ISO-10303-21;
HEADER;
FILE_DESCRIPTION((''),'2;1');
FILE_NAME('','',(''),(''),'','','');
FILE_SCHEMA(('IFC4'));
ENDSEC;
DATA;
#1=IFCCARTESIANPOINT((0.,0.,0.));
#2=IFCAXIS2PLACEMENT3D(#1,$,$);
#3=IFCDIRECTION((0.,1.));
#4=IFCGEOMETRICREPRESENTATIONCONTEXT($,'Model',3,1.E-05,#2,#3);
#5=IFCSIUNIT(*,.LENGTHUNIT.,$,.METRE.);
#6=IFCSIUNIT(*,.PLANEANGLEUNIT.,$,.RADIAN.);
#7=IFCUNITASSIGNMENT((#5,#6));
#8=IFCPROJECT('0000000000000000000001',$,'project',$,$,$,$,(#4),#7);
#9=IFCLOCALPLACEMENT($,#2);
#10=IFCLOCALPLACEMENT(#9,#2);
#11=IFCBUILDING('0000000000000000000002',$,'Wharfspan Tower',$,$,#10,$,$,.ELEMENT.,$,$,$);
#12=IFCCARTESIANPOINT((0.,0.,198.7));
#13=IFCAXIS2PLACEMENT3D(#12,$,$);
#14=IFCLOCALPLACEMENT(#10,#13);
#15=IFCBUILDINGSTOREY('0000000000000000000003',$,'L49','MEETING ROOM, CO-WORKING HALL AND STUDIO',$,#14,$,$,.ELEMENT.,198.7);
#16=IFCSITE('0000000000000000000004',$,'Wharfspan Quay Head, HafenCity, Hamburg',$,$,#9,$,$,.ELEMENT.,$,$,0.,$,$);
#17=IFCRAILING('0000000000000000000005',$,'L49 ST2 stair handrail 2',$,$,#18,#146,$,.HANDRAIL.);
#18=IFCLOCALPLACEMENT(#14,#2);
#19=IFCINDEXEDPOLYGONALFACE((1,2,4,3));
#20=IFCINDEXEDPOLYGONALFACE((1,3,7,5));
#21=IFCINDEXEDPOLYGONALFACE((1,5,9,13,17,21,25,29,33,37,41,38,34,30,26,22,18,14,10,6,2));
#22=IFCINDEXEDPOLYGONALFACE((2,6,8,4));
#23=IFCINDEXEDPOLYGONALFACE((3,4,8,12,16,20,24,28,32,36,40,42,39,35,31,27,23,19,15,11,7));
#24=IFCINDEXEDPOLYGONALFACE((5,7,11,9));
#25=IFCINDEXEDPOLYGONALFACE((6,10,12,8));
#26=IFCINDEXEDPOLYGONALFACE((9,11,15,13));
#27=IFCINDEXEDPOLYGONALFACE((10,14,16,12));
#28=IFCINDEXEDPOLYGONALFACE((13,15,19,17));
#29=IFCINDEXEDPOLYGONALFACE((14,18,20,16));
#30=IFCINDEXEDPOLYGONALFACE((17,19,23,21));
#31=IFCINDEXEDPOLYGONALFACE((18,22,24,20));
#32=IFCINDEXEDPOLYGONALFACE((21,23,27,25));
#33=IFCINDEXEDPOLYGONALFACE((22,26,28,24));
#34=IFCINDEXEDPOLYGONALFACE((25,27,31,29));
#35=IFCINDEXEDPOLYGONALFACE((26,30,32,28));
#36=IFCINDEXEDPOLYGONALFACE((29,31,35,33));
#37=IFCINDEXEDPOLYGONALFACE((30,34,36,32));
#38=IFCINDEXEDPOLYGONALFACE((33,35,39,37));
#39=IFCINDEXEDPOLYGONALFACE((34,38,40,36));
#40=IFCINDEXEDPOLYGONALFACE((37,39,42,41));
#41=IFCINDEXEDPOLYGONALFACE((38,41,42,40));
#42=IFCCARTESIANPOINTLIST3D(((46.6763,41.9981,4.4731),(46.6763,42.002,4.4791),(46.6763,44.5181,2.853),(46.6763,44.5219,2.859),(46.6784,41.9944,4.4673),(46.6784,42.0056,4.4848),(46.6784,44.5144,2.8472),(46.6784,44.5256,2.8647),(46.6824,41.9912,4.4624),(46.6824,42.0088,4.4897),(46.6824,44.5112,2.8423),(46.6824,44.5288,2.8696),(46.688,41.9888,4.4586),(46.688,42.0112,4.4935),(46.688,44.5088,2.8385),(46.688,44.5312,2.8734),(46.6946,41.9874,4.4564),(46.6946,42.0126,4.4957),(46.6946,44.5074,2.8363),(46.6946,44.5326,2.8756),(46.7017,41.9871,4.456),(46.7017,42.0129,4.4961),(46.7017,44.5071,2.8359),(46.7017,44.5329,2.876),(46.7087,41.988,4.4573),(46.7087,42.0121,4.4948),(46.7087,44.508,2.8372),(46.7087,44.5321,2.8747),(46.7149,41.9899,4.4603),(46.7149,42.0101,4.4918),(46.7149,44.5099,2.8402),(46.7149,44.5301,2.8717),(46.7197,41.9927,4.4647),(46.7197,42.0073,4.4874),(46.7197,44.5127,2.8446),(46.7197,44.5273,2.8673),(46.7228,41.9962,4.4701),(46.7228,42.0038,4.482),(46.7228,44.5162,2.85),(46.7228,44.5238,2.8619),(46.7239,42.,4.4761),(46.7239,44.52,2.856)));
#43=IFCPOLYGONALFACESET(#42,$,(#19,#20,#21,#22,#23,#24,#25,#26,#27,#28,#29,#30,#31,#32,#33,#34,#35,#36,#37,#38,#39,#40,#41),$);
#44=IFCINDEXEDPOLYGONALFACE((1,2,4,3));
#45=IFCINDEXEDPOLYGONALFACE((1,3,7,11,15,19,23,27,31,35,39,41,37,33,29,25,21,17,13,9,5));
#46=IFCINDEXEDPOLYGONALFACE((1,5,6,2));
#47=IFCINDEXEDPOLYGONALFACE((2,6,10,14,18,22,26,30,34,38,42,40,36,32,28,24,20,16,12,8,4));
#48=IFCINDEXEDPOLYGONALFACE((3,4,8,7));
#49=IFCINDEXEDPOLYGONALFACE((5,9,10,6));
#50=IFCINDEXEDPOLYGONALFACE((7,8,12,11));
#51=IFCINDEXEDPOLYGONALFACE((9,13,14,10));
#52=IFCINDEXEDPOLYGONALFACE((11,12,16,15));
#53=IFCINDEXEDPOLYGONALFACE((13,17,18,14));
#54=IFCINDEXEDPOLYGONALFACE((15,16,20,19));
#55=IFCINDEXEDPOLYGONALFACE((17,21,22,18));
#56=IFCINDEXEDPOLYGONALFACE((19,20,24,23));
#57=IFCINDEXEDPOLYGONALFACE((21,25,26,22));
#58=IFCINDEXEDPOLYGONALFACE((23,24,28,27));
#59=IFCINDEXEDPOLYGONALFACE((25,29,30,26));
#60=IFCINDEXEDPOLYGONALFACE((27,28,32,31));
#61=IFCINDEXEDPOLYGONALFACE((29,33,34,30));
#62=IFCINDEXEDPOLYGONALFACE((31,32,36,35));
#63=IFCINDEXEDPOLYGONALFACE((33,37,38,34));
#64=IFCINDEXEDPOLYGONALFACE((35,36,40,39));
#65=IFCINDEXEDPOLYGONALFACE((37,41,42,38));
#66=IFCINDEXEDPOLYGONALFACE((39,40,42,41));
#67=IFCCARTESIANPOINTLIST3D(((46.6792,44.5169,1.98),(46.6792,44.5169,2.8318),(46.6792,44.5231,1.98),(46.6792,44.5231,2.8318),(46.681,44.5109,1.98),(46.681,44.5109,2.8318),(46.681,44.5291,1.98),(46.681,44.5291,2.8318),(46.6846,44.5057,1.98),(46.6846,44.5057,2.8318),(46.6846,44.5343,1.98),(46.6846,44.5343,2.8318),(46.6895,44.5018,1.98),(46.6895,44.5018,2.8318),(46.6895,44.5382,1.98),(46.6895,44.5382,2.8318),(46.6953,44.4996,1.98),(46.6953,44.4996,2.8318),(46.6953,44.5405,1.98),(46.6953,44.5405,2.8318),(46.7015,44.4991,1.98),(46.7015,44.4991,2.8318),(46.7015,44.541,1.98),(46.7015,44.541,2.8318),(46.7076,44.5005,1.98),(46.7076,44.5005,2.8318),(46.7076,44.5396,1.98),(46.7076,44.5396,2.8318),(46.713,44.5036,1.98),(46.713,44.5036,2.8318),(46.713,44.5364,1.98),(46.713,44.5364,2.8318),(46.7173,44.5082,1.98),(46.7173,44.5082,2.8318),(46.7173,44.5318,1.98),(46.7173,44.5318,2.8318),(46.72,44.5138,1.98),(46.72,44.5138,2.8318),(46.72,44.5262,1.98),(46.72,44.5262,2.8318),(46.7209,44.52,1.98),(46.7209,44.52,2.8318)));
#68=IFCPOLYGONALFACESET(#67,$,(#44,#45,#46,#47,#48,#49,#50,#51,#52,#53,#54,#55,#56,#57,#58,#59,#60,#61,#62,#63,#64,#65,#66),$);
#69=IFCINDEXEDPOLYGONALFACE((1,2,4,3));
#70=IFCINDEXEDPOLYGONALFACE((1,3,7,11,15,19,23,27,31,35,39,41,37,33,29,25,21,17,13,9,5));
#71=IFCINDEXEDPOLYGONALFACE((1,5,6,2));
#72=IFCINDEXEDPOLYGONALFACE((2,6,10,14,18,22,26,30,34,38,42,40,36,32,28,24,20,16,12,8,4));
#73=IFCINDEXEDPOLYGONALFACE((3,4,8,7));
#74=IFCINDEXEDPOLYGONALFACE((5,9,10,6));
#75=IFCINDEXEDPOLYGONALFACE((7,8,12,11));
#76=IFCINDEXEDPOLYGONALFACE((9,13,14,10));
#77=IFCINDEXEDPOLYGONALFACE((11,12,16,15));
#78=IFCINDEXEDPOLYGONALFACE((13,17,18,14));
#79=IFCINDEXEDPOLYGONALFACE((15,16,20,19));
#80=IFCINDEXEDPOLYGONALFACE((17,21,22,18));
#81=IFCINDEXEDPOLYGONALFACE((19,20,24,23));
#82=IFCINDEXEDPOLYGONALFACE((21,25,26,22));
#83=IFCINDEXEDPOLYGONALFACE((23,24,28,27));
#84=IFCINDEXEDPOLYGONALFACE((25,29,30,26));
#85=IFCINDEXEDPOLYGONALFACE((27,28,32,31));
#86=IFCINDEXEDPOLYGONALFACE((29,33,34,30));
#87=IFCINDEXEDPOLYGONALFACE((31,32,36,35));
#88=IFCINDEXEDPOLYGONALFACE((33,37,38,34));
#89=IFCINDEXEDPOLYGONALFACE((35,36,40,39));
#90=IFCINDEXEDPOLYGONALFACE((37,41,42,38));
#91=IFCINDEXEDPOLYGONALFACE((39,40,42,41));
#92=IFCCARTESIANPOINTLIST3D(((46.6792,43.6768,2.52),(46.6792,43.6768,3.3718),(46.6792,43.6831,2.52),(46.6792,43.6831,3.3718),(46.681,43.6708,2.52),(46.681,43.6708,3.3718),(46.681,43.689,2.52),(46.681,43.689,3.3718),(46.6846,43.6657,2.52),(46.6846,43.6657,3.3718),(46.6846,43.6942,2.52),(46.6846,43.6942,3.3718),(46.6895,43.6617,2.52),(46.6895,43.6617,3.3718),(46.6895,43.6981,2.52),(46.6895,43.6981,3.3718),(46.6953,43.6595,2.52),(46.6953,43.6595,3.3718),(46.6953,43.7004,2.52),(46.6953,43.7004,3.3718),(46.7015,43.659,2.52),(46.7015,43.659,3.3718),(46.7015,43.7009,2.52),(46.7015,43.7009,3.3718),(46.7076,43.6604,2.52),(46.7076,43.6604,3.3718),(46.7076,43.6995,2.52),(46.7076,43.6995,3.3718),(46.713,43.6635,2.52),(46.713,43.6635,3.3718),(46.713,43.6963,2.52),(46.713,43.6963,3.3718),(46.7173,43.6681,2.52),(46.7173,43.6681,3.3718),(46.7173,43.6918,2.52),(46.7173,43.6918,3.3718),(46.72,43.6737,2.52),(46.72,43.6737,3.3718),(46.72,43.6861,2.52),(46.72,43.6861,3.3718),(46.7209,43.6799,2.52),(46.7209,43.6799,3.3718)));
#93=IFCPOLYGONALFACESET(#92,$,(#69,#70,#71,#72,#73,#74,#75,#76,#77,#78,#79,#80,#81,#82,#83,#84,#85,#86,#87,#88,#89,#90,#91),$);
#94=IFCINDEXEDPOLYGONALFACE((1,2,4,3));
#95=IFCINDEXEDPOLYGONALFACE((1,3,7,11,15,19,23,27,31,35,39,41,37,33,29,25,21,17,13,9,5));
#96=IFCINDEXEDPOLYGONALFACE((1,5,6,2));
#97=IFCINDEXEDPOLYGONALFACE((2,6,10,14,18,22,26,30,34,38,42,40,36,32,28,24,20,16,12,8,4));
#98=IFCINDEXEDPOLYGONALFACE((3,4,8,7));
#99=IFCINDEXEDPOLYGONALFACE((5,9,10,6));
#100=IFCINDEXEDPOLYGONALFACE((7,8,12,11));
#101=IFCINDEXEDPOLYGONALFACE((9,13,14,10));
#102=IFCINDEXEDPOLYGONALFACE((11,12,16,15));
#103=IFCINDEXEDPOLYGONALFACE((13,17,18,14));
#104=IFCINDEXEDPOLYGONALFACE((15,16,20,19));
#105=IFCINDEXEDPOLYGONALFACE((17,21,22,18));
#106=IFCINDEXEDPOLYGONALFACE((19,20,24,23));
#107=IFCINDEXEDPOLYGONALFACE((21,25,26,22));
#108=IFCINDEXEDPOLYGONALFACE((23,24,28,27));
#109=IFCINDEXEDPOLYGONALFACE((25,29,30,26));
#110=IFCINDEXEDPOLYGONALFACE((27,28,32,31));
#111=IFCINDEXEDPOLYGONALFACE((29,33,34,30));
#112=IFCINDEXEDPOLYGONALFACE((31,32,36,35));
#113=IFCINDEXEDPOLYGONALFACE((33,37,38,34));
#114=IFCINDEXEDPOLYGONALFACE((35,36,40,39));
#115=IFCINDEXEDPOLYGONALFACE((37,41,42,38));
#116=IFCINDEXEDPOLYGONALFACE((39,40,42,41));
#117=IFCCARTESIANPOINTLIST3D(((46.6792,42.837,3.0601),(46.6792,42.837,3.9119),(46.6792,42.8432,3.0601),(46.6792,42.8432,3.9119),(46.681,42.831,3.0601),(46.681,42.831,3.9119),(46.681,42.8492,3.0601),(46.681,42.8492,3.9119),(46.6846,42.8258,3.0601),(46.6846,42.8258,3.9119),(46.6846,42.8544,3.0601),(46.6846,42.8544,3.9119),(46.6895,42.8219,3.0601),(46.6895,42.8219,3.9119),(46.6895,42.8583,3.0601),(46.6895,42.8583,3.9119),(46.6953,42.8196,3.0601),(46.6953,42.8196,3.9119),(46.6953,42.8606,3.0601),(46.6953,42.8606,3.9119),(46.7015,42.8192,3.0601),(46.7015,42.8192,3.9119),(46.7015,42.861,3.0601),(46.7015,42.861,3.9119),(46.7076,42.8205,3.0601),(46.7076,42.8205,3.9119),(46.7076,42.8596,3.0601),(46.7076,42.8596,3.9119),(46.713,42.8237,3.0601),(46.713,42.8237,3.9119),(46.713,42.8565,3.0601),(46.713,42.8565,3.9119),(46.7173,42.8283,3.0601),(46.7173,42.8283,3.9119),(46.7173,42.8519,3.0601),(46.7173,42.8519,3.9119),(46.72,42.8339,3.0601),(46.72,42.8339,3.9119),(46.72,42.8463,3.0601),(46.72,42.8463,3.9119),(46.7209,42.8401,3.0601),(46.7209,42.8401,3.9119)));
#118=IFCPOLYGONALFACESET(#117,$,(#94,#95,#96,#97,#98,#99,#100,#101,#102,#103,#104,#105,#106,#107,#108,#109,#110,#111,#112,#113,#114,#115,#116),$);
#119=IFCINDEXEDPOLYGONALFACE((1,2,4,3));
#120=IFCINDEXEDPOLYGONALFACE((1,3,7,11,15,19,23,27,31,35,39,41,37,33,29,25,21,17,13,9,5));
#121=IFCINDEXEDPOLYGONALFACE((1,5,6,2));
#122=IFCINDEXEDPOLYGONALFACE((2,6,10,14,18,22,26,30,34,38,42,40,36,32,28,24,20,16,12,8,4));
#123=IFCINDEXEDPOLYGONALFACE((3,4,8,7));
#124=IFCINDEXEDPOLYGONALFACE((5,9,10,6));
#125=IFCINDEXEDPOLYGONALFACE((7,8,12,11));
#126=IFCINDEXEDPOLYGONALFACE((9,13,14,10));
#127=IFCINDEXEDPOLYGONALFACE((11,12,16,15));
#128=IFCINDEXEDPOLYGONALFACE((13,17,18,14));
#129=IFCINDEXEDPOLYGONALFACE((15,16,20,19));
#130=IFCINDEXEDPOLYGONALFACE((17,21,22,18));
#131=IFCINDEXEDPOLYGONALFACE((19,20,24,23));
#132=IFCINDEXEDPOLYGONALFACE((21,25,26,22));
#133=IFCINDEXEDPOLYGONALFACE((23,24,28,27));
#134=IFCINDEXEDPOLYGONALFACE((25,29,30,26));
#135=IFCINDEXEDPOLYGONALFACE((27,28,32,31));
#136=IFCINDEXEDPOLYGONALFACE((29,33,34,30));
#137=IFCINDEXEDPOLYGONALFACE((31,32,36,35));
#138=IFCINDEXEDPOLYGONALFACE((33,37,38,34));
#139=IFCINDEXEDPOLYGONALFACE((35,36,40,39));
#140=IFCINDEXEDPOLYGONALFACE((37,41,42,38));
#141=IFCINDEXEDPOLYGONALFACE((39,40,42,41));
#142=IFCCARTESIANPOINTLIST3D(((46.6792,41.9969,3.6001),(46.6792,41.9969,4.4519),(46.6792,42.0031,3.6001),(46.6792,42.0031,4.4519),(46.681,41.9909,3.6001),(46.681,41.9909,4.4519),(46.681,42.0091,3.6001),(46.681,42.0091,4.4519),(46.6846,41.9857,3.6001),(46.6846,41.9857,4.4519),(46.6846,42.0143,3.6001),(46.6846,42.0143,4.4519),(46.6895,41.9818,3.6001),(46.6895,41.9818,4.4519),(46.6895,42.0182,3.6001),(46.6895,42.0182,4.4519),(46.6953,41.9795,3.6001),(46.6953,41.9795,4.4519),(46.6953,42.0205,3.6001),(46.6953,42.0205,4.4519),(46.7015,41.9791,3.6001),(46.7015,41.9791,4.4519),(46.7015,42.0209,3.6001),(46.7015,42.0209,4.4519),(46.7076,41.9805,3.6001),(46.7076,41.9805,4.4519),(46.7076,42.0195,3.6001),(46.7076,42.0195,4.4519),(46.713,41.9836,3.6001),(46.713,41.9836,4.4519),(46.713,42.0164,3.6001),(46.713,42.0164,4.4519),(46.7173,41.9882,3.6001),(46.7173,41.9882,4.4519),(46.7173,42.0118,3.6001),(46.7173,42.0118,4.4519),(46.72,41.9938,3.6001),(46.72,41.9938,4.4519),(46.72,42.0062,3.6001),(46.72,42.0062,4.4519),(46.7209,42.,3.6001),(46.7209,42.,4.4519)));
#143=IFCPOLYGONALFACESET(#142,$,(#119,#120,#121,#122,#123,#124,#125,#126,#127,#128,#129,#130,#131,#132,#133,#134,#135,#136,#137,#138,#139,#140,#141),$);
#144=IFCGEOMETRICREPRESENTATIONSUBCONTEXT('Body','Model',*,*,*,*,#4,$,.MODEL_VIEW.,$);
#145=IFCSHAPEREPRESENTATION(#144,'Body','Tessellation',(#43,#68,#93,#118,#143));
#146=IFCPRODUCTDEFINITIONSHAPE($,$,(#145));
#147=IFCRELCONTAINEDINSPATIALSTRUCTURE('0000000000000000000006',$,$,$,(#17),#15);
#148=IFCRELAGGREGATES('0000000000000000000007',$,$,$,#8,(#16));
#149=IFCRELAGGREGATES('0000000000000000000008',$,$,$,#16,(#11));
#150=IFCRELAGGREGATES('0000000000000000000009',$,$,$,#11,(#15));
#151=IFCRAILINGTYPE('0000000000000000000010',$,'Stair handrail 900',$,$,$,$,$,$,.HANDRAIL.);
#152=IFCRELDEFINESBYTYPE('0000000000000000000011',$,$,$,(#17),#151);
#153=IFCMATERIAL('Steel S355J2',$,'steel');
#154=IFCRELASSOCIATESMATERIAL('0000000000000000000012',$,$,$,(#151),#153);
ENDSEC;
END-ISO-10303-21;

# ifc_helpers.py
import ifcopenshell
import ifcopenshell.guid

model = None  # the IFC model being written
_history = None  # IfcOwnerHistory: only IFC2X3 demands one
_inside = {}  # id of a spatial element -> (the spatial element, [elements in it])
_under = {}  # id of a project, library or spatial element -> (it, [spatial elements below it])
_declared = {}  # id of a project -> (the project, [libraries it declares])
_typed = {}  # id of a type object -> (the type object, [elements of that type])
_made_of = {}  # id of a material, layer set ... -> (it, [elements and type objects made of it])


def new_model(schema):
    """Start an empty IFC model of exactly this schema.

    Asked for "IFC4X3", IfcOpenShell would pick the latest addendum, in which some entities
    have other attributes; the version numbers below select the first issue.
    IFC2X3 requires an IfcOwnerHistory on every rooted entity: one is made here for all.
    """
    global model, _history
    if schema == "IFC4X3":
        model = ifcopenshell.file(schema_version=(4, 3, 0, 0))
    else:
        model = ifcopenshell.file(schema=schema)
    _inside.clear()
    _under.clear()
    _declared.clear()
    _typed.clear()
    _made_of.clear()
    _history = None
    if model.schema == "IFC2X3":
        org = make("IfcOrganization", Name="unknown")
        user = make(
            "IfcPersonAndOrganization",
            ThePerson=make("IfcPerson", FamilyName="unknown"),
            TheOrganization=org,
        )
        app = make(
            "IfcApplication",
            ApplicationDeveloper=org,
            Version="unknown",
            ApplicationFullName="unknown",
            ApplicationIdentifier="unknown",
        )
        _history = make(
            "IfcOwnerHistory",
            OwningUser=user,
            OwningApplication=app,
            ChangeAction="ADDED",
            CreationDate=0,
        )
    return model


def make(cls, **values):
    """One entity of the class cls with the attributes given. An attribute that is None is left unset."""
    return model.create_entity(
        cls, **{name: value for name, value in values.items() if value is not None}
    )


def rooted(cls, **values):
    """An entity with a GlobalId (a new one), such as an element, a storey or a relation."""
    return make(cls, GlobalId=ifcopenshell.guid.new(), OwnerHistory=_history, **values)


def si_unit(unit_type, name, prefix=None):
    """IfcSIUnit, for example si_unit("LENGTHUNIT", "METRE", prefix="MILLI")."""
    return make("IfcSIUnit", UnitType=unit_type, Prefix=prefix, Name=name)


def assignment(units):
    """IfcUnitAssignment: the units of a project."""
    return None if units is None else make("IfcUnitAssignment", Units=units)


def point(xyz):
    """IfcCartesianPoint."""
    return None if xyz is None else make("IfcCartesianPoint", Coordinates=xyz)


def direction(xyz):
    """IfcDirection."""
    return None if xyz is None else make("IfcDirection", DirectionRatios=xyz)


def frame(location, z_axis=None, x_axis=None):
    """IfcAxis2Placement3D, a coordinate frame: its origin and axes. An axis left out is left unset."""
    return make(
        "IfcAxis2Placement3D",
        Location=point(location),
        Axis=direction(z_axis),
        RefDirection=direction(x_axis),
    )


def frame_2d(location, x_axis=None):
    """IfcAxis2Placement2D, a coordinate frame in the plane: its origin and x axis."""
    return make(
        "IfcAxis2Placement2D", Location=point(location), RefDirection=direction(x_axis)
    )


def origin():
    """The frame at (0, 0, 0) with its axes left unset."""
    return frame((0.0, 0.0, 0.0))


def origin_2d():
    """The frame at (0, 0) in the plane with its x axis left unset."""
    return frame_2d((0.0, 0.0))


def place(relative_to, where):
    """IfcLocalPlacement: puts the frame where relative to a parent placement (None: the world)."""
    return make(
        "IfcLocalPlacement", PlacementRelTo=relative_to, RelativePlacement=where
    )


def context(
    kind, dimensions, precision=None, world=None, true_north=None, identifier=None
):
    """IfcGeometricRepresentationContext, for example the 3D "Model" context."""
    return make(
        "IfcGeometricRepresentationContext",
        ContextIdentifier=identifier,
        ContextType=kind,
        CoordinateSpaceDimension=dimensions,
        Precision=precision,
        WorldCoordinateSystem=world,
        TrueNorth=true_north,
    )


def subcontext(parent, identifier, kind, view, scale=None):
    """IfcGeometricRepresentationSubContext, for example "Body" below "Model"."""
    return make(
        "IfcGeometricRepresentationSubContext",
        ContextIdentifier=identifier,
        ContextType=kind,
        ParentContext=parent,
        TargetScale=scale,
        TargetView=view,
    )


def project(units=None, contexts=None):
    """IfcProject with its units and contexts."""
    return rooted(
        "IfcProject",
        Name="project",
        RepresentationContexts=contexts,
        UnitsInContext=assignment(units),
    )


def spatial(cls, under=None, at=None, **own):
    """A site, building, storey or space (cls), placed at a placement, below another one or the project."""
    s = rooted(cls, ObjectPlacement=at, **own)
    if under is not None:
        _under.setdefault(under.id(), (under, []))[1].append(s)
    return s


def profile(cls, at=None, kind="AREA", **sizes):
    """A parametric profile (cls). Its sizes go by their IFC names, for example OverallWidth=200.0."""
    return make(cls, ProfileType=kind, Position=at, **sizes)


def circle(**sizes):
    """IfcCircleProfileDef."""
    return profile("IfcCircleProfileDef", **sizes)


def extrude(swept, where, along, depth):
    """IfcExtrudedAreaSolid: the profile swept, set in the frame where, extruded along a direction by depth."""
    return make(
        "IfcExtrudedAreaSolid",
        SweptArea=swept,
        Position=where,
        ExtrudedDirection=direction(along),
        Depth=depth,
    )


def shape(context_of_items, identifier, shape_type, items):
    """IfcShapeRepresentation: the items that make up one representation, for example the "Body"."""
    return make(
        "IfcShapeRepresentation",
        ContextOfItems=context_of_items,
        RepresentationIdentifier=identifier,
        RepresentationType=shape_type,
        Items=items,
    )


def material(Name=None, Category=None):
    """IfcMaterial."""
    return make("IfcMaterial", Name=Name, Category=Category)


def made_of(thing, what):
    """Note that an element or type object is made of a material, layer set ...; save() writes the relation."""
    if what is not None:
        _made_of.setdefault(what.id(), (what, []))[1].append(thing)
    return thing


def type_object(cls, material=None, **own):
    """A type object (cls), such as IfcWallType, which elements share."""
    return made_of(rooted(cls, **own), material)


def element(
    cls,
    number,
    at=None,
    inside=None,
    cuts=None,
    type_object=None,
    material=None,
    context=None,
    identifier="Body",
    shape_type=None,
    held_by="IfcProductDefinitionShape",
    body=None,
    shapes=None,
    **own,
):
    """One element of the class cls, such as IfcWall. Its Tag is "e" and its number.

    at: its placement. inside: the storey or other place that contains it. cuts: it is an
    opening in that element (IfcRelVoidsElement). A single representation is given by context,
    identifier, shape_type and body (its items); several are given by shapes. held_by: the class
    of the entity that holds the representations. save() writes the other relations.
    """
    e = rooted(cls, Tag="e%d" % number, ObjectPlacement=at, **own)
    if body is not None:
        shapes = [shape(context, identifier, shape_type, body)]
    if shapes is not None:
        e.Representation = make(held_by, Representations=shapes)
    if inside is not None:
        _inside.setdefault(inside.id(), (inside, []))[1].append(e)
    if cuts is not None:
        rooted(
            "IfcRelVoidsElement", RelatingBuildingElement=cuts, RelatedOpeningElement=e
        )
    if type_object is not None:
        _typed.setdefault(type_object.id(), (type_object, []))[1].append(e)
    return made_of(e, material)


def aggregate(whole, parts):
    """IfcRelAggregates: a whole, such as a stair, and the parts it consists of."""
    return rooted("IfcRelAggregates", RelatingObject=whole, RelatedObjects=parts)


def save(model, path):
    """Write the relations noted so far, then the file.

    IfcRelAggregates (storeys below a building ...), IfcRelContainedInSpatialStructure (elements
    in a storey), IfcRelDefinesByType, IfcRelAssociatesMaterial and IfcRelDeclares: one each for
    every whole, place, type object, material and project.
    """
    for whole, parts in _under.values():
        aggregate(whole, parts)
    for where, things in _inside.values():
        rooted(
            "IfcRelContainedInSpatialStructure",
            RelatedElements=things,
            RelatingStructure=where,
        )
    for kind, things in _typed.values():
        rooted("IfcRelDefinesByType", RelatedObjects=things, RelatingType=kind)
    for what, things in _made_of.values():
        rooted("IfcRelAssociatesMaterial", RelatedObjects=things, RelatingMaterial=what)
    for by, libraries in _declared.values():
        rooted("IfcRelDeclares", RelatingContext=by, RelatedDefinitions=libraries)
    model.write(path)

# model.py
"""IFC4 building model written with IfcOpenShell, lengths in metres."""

from ifc_helpers import new_model, si_unit, direction, frame, origin, origin_2d, place, context, subcontext, project, spatial, circle, extrude, material, type_object, element, save


model = new_model("IFC4")

# Units and contexts
model_context = context("Model", 3, precision=1e-05, world=origin(), true_north=direction((0.0, 1.0)))
body_context = subcontext(model_context, "Body", "Model", "MODEL_VIEW")
ifc_project = project(units=[si_unit("LENGTHUNIT", "METRE"), si_unit("PLANEANGLEUNIT", "RADIAN")], contexts=[model_context])

# Site, building, storey
site_placement = place(None, origin())
site = spatial("IfcSite", under=ifc_project, at=site_placement, Name="Wharfspan Quay Head, HafenCity, Hamburg", CompositionType="ELEMENT", RefElevation=0.0)
building_placement = place(site_placement, origin())
building = spatial("IfcBuilding", under=site, at=building_placement, Name="Wharfspan Tower", CompositionType="ELEMENT")
storey_placement = place(building_placement, frame((0.0, 0.0, 198.7)))
storey = spatial("IfcBuildingStorey", under=building, at=storey_placement, Name="L49", Description="MEETING ROOM, CO-WORKING HALL AND STUDIO", CompositionType="ELEMENT", Elevation=198.7)

# Shared definitions
ifc_material_1 = material(Name="Steel S355J2", Category="steel")

# Railing
railing_type_1 = type_object("IfcRailingType", Name="Stair handrail 900", PredefinedType="HANDRAIL", material=ifc_material_1)
railing_1_placement = place(storey_placement, frame((46.7, 44.52, 1.98)))
element("IfcRailing", 1, at=railing_1_placement, inside=storey, type_object=railing_type_1, Name="L49 ST2 stair handrail 2", PredefinedType="HANDRAIL", context=body_context, shape_type="SweptSolid", body=[
    extrude(circle(Radius=0.0239, at=origin_2d()), frame((0.0, 0.0, 0.876), z_axis=(0.0, -0.841163, 0.540782), x_axis=(1.0, 0.0, 0.0)), (0.0, 0.0, 1.0), 2.9958),
    extrude(circle(Radius=0.021, at=origin_2d()), origin(), (0.0, 0.0, 1.0), 0.8518),
    extrude(circle(Radius=0.021, at=origin_2d()), frame((0.0, -0.8401, 0.54)), (0.0, 0.0, 1.0), 0.8518),
    extrude(circle(Radius=0.021, at=origin_2d()), frame((0.0, -1.6799, 1.0801)), (0.0, 0.0, 1.0), 0.8518),
    extrude(circle(Radius=0.021, at=origin_2d()), frame((0.0, -2.52, 1.6201)), (0.0, 0.0, 1.0), 0.8518),
])

save(model, "model.ifc")
